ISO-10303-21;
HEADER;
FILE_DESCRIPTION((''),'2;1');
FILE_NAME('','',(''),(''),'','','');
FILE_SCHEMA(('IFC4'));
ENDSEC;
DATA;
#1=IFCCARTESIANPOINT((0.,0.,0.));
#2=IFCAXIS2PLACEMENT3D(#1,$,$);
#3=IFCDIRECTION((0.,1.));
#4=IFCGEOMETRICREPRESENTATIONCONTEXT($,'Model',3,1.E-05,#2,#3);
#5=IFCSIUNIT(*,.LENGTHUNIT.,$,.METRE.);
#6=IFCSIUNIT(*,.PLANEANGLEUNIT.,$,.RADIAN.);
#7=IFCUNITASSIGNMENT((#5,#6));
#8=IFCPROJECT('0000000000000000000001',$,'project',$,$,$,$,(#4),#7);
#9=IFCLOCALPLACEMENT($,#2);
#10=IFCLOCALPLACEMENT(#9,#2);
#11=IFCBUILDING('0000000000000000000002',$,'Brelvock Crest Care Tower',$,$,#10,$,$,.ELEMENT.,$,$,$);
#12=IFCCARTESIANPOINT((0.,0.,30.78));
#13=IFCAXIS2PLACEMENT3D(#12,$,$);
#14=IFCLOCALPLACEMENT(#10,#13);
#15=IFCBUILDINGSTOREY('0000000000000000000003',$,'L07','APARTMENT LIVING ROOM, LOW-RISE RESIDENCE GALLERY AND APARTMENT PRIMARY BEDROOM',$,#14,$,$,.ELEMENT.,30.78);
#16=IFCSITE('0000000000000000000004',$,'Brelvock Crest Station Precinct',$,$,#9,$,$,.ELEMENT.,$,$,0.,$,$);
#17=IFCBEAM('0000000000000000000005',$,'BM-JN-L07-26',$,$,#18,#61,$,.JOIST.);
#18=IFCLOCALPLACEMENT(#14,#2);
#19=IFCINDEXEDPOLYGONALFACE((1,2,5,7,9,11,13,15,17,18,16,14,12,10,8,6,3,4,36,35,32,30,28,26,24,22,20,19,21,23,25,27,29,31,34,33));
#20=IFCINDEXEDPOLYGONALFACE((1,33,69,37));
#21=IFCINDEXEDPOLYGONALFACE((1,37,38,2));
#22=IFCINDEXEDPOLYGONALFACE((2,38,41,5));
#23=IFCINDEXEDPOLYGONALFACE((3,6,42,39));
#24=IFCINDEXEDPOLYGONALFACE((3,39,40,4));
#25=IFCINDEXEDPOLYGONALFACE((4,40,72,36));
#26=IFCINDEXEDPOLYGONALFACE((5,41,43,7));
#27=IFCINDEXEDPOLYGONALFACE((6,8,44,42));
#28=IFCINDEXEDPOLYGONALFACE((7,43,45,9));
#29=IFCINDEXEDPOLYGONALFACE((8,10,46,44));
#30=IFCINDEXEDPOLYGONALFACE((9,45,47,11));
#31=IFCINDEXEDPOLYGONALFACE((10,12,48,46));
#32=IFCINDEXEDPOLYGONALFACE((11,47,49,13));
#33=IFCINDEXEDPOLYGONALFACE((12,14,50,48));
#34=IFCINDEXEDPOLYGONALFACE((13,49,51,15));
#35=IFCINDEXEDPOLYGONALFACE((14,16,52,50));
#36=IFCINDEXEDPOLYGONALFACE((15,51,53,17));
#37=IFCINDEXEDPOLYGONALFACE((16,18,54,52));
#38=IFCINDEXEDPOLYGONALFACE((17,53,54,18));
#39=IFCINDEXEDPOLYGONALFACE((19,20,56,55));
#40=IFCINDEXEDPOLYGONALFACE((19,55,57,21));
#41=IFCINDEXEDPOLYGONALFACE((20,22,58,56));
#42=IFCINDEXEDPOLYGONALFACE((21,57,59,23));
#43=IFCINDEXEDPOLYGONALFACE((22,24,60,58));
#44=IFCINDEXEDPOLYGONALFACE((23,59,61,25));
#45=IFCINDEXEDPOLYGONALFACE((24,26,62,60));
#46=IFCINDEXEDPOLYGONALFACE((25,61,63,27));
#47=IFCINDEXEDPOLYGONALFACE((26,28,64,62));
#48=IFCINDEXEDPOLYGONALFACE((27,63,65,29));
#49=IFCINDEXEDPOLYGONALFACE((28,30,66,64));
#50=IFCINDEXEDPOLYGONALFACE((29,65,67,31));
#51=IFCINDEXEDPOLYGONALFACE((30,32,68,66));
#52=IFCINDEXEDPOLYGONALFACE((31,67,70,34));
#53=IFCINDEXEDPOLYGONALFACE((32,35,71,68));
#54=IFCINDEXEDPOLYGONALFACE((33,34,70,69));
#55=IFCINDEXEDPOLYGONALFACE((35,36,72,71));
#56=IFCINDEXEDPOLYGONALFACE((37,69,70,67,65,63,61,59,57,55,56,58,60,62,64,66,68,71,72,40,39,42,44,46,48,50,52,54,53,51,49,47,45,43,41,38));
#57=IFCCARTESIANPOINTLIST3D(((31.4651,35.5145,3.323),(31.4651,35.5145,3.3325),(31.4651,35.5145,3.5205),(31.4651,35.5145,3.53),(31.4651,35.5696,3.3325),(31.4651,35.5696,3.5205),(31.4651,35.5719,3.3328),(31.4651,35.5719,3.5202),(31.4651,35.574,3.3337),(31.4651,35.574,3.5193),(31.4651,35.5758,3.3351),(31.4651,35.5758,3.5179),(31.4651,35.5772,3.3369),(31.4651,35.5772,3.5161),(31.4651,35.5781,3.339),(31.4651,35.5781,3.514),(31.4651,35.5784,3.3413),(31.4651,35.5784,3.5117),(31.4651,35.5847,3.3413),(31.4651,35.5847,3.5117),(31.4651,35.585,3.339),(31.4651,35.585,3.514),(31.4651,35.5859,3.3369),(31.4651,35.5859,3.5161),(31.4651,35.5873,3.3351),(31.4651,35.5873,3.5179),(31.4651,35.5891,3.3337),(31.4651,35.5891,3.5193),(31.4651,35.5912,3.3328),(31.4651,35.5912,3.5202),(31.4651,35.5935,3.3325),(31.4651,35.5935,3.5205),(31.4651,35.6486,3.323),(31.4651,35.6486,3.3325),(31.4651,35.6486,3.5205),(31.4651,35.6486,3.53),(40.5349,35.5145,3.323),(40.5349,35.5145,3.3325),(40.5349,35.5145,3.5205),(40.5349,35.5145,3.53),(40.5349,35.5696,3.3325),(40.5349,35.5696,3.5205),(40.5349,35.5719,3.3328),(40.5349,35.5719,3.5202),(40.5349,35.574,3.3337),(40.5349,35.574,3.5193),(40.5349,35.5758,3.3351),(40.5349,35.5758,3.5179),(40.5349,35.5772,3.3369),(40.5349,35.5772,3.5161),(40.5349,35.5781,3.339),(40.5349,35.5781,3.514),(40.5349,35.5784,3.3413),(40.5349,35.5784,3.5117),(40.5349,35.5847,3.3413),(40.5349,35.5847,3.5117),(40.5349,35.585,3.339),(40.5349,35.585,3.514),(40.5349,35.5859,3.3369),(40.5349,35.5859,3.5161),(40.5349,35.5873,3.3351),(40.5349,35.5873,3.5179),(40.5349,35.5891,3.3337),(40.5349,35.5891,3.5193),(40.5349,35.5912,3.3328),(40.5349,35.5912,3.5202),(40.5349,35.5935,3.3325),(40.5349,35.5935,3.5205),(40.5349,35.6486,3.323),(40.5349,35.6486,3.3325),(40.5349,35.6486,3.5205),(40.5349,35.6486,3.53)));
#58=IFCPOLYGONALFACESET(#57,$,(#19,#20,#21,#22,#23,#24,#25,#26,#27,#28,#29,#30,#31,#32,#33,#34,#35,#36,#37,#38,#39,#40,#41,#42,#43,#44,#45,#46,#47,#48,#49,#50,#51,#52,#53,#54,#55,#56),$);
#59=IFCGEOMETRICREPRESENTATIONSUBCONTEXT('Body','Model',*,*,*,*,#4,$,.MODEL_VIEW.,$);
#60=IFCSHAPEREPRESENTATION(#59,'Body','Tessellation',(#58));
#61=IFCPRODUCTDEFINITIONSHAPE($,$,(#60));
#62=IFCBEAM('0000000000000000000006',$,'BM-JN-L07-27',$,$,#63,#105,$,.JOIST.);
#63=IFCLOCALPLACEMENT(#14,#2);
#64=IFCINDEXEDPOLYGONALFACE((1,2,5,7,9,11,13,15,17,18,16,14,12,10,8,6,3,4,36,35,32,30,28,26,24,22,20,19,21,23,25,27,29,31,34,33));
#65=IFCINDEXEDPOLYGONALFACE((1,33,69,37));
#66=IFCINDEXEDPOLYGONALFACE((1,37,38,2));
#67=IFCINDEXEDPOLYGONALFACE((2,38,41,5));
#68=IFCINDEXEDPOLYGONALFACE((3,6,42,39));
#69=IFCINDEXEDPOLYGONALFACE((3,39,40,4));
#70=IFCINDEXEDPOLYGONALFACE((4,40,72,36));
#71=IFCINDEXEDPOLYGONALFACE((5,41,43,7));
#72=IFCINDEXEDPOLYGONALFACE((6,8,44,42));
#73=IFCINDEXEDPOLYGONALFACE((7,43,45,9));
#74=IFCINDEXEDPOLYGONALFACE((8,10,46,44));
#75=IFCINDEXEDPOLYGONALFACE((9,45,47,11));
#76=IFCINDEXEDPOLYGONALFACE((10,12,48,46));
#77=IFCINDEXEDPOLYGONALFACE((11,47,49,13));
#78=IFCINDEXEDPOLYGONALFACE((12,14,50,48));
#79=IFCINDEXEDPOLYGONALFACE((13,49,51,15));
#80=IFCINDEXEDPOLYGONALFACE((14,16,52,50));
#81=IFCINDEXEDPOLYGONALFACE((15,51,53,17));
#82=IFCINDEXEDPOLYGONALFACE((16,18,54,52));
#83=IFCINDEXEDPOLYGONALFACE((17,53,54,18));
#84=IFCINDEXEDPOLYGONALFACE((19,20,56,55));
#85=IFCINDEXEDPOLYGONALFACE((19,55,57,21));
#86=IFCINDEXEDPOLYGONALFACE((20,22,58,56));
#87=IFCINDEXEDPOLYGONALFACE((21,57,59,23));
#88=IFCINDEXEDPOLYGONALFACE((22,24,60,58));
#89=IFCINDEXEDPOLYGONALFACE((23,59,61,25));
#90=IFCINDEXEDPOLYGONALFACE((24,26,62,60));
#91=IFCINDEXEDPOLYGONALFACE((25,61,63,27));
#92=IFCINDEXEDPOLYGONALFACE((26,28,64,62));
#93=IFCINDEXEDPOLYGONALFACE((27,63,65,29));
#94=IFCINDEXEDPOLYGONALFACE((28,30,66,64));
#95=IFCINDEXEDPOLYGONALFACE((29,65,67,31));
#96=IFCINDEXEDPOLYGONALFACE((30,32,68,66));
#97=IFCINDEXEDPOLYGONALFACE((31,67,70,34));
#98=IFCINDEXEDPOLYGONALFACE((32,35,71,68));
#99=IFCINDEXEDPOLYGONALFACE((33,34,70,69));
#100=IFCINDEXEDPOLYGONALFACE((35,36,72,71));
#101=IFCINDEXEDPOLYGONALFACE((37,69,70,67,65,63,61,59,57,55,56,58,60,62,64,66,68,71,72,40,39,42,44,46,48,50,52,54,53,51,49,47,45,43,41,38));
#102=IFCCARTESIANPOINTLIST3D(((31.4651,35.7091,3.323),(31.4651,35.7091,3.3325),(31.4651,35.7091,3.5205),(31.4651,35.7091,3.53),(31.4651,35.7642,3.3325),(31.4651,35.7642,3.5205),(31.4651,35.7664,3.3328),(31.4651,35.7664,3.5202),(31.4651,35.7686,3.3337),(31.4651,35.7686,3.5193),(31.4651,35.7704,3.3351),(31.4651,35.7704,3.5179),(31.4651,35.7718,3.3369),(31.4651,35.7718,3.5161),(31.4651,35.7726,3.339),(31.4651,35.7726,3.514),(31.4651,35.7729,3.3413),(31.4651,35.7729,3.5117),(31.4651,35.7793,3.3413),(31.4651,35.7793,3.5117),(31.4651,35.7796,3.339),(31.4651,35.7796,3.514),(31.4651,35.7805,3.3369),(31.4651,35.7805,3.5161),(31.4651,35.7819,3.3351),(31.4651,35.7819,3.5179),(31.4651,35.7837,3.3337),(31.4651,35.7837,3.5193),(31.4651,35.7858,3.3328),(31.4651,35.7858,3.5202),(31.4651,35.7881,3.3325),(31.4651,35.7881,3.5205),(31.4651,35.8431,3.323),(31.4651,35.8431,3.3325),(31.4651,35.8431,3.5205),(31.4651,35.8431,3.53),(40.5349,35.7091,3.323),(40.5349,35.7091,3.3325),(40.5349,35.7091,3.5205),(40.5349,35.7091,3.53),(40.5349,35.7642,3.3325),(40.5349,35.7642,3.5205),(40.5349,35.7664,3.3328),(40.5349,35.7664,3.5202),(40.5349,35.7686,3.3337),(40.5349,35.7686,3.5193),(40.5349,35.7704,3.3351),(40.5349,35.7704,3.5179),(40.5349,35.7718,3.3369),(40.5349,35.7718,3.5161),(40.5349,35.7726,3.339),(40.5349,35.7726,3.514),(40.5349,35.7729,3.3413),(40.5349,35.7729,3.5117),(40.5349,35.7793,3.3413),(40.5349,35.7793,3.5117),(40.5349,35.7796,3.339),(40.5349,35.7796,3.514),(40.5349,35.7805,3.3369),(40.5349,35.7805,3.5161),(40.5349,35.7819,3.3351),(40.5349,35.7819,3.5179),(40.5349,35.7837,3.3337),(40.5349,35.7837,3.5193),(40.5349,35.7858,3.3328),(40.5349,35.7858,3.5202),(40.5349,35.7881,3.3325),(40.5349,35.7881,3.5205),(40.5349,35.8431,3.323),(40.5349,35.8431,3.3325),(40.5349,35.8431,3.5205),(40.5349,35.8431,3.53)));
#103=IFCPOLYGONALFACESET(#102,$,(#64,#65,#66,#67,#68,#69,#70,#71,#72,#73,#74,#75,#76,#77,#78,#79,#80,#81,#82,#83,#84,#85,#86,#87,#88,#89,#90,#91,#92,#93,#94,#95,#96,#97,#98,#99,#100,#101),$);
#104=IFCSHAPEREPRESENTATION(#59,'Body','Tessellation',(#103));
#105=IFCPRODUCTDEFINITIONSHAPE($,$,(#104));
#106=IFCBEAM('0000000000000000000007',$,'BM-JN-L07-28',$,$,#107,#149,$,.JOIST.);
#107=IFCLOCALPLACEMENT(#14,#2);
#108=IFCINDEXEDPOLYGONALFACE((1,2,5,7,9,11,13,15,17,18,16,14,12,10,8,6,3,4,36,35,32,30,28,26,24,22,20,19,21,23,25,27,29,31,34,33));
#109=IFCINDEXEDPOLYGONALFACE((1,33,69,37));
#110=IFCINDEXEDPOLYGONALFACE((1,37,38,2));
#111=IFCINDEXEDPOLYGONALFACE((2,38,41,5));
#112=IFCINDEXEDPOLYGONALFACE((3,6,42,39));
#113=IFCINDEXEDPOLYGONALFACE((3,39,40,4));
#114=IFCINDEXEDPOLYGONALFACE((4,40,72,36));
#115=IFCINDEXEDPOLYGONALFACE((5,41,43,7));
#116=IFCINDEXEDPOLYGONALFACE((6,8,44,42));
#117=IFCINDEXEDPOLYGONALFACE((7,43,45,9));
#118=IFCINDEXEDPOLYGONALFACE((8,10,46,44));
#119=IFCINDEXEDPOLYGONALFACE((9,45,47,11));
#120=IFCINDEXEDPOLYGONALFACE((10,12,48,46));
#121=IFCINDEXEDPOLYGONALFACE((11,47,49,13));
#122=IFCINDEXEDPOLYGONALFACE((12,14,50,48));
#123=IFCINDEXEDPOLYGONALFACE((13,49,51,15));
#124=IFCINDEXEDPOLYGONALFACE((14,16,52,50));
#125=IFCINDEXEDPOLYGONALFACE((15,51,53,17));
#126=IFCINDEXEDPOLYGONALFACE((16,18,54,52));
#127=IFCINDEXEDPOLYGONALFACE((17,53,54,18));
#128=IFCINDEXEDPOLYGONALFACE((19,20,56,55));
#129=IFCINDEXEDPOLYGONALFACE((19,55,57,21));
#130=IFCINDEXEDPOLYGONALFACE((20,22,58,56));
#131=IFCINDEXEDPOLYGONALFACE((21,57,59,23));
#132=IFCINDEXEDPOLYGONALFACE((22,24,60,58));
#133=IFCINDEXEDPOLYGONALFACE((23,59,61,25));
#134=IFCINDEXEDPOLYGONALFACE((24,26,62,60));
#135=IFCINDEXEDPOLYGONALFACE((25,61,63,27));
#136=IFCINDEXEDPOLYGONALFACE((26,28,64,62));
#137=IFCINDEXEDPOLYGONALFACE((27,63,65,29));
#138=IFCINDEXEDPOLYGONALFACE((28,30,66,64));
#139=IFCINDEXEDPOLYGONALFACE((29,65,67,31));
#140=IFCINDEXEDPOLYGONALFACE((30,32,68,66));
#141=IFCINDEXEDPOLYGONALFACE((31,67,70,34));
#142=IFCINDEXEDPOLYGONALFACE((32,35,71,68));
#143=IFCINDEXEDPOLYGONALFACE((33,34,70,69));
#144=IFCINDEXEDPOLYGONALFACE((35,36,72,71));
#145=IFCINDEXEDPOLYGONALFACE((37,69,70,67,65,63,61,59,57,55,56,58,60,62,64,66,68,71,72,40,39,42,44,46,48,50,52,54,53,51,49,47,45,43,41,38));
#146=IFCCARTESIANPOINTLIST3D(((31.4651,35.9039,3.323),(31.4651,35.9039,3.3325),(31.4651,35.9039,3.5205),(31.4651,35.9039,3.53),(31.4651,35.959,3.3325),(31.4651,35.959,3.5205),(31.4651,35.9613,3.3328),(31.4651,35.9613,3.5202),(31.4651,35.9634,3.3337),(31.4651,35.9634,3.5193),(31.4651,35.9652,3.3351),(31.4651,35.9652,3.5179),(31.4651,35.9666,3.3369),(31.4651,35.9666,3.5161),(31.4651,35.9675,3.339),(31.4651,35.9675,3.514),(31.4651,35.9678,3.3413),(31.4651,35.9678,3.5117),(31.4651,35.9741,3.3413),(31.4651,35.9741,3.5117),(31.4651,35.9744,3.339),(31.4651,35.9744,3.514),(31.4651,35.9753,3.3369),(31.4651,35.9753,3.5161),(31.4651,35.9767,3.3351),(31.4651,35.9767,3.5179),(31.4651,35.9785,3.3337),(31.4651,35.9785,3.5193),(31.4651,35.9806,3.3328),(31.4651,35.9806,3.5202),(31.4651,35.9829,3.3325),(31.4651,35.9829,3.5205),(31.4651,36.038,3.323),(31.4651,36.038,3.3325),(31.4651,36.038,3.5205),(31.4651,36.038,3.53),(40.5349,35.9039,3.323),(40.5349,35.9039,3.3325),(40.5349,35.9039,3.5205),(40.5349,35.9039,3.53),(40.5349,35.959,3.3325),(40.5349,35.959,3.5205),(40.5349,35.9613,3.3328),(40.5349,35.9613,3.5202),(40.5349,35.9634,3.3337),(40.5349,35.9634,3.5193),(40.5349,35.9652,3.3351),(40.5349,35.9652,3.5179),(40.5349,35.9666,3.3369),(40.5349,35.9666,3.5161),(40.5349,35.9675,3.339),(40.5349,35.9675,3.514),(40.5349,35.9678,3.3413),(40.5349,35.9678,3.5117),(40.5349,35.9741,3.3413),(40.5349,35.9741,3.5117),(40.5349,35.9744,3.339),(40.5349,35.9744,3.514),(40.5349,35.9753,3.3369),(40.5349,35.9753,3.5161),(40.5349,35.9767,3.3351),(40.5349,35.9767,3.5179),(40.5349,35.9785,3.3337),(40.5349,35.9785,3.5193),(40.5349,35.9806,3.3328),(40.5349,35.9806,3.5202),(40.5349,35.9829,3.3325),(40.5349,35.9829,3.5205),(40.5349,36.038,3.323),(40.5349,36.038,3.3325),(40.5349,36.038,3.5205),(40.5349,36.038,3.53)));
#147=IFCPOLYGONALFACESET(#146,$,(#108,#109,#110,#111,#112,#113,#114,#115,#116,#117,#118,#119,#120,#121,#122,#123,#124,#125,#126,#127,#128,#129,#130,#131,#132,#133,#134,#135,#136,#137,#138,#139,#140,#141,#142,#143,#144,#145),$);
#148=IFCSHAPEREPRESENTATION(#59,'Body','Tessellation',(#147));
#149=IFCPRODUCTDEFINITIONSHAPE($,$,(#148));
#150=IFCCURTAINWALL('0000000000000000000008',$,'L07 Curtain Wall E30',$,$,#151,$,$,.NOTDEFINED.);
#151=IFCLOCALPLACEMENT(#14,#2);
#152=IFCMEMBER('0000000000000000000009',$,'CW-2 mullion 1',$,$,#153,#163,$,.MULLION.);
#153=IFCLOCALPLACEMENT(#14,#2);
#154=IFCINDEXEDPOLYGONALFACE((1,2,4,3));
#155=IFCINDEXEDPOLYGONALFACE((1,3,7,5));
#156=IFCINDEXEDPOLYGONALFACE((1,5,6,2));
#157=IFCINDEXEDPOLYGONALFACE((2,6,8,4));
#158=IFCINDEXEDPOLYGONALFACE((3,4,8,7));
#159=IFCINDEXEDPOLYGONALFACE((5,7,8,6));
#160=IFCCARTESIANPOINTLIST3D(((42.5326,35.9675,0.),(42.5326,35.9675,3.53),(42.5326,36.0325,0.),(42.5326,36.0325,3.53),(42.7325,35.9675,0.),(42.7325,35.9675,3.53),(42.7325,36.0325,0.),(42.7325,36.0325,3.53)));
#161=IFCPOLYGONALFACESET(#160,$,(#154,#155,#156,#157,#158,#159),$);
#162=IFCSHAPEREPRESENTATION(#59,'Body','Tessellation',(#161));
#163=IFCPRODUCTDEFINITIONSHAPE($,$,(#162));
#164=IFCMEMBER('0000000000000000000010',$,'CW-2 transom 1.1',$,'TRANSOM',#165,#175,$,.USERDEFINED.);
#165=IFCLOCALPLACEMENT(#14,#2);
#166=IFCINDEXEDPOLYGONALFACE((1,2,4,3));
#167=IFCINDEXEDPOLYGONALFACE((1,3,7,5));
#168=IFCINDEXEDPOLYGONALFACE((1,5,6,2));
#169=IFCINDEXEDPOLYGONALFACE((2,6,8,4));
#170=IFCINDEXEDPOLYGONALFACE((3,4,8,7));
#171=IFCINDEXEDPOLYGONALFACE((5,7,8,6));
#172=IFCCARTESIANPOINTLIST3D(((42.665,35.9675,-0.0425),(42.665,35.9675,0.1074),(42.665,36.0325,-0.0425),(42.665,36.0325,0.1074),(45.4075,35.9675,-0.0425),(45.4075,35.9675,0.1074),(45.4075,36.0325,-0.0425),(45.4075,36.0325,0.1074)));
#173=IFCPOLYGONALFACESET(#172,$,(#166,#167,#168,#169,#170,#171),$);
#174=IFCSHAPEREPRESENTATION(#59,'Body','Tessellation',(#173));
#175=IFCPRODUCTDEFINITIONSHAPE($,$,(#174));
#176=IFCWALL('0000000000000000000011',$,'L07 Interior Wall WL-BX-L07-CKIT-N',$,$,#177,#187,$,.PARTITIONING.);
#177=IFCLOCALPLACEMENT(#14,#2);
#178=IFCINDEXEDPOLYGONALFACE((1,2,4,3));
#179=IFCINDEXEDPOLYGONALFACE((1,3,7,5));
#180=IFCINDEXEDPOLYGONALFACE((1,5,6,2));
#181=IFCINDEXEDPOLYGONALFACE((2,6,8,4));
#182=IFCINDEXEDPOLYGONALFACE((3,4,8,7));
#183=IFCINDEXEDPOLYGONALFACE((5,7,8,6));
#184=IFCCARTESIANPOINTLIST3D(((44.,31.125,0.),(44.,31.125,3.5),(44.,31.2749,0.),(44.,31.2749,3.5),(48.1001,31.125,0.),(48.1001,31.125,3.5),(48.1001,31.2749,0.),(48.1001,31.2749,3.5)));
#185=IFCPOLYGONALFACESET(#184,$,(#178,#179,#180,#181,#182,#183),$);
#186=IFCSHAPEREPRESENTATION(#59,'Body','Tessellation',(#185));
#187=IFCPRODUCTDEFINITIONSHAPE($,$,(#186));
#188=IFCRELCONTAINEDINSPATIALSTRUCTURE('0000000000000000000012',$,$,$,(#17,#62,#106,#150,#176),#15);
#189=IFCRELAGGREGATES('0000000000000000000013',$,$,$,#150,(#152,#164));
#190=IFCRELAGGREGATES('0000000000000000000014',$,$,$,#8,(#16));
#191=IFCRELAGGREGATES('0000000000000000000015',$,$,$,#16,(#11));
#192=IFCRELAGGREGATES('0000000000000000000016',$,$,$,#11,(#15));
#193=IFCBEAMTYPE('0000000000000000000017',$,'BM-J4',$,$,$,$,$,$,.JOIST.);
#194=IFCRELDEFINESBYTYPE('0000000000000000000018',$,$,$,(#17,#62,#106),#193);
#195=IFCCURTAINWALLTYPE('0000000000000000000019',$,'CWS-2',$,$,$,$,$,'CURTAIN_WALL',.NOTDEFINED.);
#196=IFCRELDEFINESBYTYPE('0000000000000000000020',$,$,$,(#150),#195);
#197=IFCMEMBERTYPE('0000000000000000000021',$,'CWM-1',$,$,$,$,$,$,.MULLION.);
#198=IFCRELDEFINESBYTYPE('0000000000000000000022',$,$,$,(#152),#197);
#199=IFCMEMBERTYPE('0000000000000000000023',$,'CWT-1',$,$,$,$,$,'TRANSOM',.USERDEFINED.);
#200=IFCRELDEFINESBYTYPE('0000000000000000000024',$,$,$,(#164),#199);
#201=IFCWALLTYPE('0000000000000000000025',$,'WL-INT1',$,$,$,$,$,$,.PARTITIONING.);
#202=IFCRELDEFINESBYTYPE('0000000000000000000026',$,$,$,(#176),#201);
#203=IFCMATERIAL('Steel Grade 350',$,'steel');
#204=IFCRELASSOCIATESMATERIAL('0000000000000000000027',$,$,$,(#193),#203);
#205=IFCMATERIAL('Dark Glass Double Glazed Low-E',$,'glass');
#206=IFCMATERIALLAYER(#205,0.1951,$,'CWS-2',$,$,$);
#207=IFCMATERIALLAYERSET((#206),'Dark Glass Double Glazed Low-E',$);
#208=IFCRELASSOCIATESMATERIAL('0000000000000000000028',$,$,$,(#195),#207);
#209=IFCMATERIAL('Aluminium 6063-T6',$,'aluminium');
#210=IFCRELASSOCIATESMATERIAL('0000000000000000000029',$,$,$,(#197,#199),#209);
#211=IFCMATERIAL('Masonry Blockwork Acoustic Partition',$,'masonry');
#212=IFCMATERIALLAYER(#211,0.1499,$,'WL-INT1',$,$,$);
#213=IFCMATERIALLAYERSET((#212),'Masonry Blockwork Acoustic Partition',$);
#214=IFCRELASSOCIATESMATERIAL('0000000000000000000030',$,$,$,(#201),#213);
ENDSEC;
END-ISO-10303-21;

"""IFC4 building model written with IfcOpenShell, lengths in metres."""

from ifc_helpers import new_model, si_unit, direction, frame, frame_2d, origin, origin_2d, place, context, subcontext, project, spatial, rectangle, i_section, extrude, source, transform, mapped, material, layer, layer_set, material_profile, profile_set, type_object, element, aggregate, save


model = new_model("IFC4")

# Units and contexts
model_context = context("Model", 3, precision=1e-05, world=origin(), true_north=direction((0.0, 1.0)))
body_context = subcontext(model_context, "Body", "Model", "MODEL_VIEW")
ifc_project = project(units=[si_unit("LENGTHUNIT", "METRE"), si_unit("PLANEANGLEUNIT", "RADIAN")], contexts=[model_context])

# Site, building, storey
site_placement = place(None, origin())
site = spatial("IfcSite", under=ifc_project, at=site_placement, Name="Brelvock Crest Station Precinct", CompositionType="ELEMENT", RefElevation=0.0)
building_placement = place(site_placement, origin())
building = spatial("IfcBuilding", under=site, at=building_placement, Name="Brelvock Crest Care Tower", CompositionType="ELEMENT")
storey_placement = place(building_placement, frame((0.0, 0.0, 30.78)))
storey = spatial("IfcBuildingStorey", under=building, at=storey_placement, Name="L07", Description="APARTMENT LIVING ROOM, LOW-RISE RESIDENCE GALLERY AND APARTMENT PRIMARY BEDROOM", CompositionType="ELEMENT", Elevation=30.78)

# Beams
ifc_material_1 = material(Name="Steel Grade 350", Category="steel")
ifc_material_profile_1 = material_profile(ifc_material_1, i_section(OverallWidth=0.134, OverallDepth=0.207, WebThickness=0.0063, FlangeThickness=0.0095, FilletRadius=0.0088, at=origin_2d()), Name="200UB29.8")
ifc_profile_set_1 = profile_set([ifc_material_profile_1], Name="Steel Grade 350")
beam_type_1 = type_object("IfcBeamType", Name="BM-J4", PredefinedType="JOIST", material=ifc_profile_set_1)
shared_shape_1 = source(origin(), body_context, "Body", "SweptSolid", [
    extrude(i_section(OverallWidth=0.134, OverallDepth=0.207, WebThickness=0.0063, FlangeThickness=0.0095, FilletRadius=0.0088, at=origin_2d()), origin(), (0.0, 0.0, 1.0), 9.0698),
])
for number, where, z_axis, x_axis, name in (
    (1, (31.4651, 35.5815, 3.4265), (1.0, 0.0, 0.0), (0.0, 1.0, 0.0), "BM-JN-L07-26"),
    (2, (31.4651, 35.7761, 3.4265), (1.0, 0.0, 0.0), (0.0, 1.0, 0.0), "BM-JN-L07-27"),
    (3, (31.4651, 35.9709, 3.4265), (1.0, 0.0, 0.0), (0.0, 1.0, 0.0), "BM-JN-L07-28"),
):
    element("IfcBeam", number, at=place(storey_placement, frame(where, z_axis=z_axis, x_axis=x_axis)), inside=storey, type_object=beam_type_1, Name=name, PredefinedType="JOIST", context=body_context, shape_type="MappedRepresentation", body=[
        mapped(shared_shape_1, transform((0.0, 0.0, 0.0), x_axis=(1.0, 0.0, 0.0), y_axis=(0.0, 1.0, 0.0), z_axis=(0.0, 0.0, 1.0), scale=1.0)),
    ])

# Curtain wall, members
ifc_material_2 = material(Name="Dark Glass Double Glazed Low-E", Category="glass")
ifc_layer_1 = layer(ifc_material_2, 0.1951, Name="CWS-2")
ifc_layer_set_1 = layer_set([ifc_layer_1], Name="Dark Glass Double Glazed Low-E")
curtain_wall_type = type_object("IfcCurtainWallType", Name="CWS-2", ElementType="CURTAIN_WALL", PredefinedType="NOTDEFINED", material=ifc_layer_set_1)
curtain_wall_placement = place(storey_placement, origin())
curtain_wall = element("IfcCurtainWall", 4, at=curtain_wall_placement, inside=storey, type_object=curtain_wall_type, Name="L07 Curtain Wall E30", PredefinedType="NOTDEFINED")
ifc_material_3 = material(Name="Aluminium 6063-T6", Category="aluminium")
ifc_material_profile_2 = material_profile(ifc_material_3, rectangle(XDim=0.0649, YDim=0.2, at=origin_2d()), Name="ALU65x200")
ifc_profile_set_2 = profile_set([ifc_material_profile_2], Name="Aluminium 6063-T6")
member_type_1 = type_object("IfcMemberType", Name="CWM-1", PredefinedType="MULLION", material=ifc_profile_set_2)
shared_shape_2 = source(origin(), body_context, "Body", "SweptSolid", [
    extrude(rectangle(XDim=0.0649, YDim=0.2, at=origin_2d()), origin(), (0.0, 0.0, 1.0), 3.53),
])
member_1_placement = place(storey_placement, frame((42.6326, 36.0, 0.0), z_axis=(0.0, 0.0, 1.0), x_axis=(0.0, 1.0, 0.0)))
member_1 = element("IfcMember", 5, at=member_1_placement, type_object=member_type_1, Name="CW-2 mullion 1", PredefinedType="MULLION", context=body_context, shape_type="MappedRepresentation", body=[
    mapped(shared_shape_2, transform((0.0, 0.0, 0.0), x_axis=(1.0, 0.0, 0.0), y_axis=(0.0, 1.0, 0.0), z_axis=(0.0, 0.0, 1.0), scale=1.0)),
])
ifc_material_profile_3 = material_profile(ifc_material_3, rectangle(XDim=0.0649, YDim=0.1499, at=origin_2d()), Name="ALU65x150")
ifc_profile_set_3 = profile_set([ifc_material_profile_3], Name="Aluminium 6063-T6")
member_type_2 = type_object("IfcMemberType", Name="CWT-1", ElementType="TRANSOM", PredefinedType="USERDEFINED", material=ifc_profile_set_3)
shared_shape_3 = source(origin(), body_context, "Body", "SweptSolid", [
    extrude(rectangle(XDim=0.0649, YDim=0.1499, at=origin_2d()), origin(), (0.0, 0.0, 1.0), 2.7424),
])
member_2_placement = place(storey_placement, frame((42.665, 36.0, 0.0325), z_axis=(1.0, 0.0, 0.0), x_axis=(0.0, 1.0, 0.0)))
member_2 = element("IfcMember", 6, at=member_2_placement, type_object=member_type_2, Name="CW-2 transom 1.1", ObjectType="TRANSOM", PredefinedType="USERDEFINED", context=body_context, shape_type="MappedRepresentation", body=[
    mapped(shared_shape_3, transform((0.0, 0.0, 0.0), x_axis=(1.0, 0.0, 0.0), y_axis=(0.0, 1.0, 0.0), z_axis=(0.0, 0.0, 1.0), scale=1.0)),
])
aggregate(curtain_wall, [member_1, member_2])

# Wall
ifc_material_4 = material(Name="Masonry Blockwork Acoustic Partition", Category="masonry")
ifc_layer_2 = layer(ifc_material_4, 0.1499, Name="WL-INT1")
ifc_layer_set_2 = layer_set([ifc_layer_2], Name="Masonry Blockwork Acoustic Partition")
wall_type = type_object("IfcWallType", Name="WL-INT1", PredefinedType="PARTITIONING", material=ifc_layer_set_2)
wall_1_placement = place(storey_placement, frame((44.0, 31.2, 0.0), z_axis=(0.0, 0.0, 1.0), x_axis=(1.0, 0.0, 0.0)))
element("IfcWall", 7, at=wall_1_placement, inside=storey, type_object=wall_type, Name="L07 Interior Wall WL-BX-L07-CKIT-N", PredefinedType="PARTITIONING", context=body_context, shape_type="SweptSolid", body=[
    extrude(rectangle(XDim=4.1001, YDim=0.1499, at=frame_2d((2.05, 0.0))), origin(), (0.0, 0.0, 1.0), 3.5),
])

save(model, "model.ifc")
